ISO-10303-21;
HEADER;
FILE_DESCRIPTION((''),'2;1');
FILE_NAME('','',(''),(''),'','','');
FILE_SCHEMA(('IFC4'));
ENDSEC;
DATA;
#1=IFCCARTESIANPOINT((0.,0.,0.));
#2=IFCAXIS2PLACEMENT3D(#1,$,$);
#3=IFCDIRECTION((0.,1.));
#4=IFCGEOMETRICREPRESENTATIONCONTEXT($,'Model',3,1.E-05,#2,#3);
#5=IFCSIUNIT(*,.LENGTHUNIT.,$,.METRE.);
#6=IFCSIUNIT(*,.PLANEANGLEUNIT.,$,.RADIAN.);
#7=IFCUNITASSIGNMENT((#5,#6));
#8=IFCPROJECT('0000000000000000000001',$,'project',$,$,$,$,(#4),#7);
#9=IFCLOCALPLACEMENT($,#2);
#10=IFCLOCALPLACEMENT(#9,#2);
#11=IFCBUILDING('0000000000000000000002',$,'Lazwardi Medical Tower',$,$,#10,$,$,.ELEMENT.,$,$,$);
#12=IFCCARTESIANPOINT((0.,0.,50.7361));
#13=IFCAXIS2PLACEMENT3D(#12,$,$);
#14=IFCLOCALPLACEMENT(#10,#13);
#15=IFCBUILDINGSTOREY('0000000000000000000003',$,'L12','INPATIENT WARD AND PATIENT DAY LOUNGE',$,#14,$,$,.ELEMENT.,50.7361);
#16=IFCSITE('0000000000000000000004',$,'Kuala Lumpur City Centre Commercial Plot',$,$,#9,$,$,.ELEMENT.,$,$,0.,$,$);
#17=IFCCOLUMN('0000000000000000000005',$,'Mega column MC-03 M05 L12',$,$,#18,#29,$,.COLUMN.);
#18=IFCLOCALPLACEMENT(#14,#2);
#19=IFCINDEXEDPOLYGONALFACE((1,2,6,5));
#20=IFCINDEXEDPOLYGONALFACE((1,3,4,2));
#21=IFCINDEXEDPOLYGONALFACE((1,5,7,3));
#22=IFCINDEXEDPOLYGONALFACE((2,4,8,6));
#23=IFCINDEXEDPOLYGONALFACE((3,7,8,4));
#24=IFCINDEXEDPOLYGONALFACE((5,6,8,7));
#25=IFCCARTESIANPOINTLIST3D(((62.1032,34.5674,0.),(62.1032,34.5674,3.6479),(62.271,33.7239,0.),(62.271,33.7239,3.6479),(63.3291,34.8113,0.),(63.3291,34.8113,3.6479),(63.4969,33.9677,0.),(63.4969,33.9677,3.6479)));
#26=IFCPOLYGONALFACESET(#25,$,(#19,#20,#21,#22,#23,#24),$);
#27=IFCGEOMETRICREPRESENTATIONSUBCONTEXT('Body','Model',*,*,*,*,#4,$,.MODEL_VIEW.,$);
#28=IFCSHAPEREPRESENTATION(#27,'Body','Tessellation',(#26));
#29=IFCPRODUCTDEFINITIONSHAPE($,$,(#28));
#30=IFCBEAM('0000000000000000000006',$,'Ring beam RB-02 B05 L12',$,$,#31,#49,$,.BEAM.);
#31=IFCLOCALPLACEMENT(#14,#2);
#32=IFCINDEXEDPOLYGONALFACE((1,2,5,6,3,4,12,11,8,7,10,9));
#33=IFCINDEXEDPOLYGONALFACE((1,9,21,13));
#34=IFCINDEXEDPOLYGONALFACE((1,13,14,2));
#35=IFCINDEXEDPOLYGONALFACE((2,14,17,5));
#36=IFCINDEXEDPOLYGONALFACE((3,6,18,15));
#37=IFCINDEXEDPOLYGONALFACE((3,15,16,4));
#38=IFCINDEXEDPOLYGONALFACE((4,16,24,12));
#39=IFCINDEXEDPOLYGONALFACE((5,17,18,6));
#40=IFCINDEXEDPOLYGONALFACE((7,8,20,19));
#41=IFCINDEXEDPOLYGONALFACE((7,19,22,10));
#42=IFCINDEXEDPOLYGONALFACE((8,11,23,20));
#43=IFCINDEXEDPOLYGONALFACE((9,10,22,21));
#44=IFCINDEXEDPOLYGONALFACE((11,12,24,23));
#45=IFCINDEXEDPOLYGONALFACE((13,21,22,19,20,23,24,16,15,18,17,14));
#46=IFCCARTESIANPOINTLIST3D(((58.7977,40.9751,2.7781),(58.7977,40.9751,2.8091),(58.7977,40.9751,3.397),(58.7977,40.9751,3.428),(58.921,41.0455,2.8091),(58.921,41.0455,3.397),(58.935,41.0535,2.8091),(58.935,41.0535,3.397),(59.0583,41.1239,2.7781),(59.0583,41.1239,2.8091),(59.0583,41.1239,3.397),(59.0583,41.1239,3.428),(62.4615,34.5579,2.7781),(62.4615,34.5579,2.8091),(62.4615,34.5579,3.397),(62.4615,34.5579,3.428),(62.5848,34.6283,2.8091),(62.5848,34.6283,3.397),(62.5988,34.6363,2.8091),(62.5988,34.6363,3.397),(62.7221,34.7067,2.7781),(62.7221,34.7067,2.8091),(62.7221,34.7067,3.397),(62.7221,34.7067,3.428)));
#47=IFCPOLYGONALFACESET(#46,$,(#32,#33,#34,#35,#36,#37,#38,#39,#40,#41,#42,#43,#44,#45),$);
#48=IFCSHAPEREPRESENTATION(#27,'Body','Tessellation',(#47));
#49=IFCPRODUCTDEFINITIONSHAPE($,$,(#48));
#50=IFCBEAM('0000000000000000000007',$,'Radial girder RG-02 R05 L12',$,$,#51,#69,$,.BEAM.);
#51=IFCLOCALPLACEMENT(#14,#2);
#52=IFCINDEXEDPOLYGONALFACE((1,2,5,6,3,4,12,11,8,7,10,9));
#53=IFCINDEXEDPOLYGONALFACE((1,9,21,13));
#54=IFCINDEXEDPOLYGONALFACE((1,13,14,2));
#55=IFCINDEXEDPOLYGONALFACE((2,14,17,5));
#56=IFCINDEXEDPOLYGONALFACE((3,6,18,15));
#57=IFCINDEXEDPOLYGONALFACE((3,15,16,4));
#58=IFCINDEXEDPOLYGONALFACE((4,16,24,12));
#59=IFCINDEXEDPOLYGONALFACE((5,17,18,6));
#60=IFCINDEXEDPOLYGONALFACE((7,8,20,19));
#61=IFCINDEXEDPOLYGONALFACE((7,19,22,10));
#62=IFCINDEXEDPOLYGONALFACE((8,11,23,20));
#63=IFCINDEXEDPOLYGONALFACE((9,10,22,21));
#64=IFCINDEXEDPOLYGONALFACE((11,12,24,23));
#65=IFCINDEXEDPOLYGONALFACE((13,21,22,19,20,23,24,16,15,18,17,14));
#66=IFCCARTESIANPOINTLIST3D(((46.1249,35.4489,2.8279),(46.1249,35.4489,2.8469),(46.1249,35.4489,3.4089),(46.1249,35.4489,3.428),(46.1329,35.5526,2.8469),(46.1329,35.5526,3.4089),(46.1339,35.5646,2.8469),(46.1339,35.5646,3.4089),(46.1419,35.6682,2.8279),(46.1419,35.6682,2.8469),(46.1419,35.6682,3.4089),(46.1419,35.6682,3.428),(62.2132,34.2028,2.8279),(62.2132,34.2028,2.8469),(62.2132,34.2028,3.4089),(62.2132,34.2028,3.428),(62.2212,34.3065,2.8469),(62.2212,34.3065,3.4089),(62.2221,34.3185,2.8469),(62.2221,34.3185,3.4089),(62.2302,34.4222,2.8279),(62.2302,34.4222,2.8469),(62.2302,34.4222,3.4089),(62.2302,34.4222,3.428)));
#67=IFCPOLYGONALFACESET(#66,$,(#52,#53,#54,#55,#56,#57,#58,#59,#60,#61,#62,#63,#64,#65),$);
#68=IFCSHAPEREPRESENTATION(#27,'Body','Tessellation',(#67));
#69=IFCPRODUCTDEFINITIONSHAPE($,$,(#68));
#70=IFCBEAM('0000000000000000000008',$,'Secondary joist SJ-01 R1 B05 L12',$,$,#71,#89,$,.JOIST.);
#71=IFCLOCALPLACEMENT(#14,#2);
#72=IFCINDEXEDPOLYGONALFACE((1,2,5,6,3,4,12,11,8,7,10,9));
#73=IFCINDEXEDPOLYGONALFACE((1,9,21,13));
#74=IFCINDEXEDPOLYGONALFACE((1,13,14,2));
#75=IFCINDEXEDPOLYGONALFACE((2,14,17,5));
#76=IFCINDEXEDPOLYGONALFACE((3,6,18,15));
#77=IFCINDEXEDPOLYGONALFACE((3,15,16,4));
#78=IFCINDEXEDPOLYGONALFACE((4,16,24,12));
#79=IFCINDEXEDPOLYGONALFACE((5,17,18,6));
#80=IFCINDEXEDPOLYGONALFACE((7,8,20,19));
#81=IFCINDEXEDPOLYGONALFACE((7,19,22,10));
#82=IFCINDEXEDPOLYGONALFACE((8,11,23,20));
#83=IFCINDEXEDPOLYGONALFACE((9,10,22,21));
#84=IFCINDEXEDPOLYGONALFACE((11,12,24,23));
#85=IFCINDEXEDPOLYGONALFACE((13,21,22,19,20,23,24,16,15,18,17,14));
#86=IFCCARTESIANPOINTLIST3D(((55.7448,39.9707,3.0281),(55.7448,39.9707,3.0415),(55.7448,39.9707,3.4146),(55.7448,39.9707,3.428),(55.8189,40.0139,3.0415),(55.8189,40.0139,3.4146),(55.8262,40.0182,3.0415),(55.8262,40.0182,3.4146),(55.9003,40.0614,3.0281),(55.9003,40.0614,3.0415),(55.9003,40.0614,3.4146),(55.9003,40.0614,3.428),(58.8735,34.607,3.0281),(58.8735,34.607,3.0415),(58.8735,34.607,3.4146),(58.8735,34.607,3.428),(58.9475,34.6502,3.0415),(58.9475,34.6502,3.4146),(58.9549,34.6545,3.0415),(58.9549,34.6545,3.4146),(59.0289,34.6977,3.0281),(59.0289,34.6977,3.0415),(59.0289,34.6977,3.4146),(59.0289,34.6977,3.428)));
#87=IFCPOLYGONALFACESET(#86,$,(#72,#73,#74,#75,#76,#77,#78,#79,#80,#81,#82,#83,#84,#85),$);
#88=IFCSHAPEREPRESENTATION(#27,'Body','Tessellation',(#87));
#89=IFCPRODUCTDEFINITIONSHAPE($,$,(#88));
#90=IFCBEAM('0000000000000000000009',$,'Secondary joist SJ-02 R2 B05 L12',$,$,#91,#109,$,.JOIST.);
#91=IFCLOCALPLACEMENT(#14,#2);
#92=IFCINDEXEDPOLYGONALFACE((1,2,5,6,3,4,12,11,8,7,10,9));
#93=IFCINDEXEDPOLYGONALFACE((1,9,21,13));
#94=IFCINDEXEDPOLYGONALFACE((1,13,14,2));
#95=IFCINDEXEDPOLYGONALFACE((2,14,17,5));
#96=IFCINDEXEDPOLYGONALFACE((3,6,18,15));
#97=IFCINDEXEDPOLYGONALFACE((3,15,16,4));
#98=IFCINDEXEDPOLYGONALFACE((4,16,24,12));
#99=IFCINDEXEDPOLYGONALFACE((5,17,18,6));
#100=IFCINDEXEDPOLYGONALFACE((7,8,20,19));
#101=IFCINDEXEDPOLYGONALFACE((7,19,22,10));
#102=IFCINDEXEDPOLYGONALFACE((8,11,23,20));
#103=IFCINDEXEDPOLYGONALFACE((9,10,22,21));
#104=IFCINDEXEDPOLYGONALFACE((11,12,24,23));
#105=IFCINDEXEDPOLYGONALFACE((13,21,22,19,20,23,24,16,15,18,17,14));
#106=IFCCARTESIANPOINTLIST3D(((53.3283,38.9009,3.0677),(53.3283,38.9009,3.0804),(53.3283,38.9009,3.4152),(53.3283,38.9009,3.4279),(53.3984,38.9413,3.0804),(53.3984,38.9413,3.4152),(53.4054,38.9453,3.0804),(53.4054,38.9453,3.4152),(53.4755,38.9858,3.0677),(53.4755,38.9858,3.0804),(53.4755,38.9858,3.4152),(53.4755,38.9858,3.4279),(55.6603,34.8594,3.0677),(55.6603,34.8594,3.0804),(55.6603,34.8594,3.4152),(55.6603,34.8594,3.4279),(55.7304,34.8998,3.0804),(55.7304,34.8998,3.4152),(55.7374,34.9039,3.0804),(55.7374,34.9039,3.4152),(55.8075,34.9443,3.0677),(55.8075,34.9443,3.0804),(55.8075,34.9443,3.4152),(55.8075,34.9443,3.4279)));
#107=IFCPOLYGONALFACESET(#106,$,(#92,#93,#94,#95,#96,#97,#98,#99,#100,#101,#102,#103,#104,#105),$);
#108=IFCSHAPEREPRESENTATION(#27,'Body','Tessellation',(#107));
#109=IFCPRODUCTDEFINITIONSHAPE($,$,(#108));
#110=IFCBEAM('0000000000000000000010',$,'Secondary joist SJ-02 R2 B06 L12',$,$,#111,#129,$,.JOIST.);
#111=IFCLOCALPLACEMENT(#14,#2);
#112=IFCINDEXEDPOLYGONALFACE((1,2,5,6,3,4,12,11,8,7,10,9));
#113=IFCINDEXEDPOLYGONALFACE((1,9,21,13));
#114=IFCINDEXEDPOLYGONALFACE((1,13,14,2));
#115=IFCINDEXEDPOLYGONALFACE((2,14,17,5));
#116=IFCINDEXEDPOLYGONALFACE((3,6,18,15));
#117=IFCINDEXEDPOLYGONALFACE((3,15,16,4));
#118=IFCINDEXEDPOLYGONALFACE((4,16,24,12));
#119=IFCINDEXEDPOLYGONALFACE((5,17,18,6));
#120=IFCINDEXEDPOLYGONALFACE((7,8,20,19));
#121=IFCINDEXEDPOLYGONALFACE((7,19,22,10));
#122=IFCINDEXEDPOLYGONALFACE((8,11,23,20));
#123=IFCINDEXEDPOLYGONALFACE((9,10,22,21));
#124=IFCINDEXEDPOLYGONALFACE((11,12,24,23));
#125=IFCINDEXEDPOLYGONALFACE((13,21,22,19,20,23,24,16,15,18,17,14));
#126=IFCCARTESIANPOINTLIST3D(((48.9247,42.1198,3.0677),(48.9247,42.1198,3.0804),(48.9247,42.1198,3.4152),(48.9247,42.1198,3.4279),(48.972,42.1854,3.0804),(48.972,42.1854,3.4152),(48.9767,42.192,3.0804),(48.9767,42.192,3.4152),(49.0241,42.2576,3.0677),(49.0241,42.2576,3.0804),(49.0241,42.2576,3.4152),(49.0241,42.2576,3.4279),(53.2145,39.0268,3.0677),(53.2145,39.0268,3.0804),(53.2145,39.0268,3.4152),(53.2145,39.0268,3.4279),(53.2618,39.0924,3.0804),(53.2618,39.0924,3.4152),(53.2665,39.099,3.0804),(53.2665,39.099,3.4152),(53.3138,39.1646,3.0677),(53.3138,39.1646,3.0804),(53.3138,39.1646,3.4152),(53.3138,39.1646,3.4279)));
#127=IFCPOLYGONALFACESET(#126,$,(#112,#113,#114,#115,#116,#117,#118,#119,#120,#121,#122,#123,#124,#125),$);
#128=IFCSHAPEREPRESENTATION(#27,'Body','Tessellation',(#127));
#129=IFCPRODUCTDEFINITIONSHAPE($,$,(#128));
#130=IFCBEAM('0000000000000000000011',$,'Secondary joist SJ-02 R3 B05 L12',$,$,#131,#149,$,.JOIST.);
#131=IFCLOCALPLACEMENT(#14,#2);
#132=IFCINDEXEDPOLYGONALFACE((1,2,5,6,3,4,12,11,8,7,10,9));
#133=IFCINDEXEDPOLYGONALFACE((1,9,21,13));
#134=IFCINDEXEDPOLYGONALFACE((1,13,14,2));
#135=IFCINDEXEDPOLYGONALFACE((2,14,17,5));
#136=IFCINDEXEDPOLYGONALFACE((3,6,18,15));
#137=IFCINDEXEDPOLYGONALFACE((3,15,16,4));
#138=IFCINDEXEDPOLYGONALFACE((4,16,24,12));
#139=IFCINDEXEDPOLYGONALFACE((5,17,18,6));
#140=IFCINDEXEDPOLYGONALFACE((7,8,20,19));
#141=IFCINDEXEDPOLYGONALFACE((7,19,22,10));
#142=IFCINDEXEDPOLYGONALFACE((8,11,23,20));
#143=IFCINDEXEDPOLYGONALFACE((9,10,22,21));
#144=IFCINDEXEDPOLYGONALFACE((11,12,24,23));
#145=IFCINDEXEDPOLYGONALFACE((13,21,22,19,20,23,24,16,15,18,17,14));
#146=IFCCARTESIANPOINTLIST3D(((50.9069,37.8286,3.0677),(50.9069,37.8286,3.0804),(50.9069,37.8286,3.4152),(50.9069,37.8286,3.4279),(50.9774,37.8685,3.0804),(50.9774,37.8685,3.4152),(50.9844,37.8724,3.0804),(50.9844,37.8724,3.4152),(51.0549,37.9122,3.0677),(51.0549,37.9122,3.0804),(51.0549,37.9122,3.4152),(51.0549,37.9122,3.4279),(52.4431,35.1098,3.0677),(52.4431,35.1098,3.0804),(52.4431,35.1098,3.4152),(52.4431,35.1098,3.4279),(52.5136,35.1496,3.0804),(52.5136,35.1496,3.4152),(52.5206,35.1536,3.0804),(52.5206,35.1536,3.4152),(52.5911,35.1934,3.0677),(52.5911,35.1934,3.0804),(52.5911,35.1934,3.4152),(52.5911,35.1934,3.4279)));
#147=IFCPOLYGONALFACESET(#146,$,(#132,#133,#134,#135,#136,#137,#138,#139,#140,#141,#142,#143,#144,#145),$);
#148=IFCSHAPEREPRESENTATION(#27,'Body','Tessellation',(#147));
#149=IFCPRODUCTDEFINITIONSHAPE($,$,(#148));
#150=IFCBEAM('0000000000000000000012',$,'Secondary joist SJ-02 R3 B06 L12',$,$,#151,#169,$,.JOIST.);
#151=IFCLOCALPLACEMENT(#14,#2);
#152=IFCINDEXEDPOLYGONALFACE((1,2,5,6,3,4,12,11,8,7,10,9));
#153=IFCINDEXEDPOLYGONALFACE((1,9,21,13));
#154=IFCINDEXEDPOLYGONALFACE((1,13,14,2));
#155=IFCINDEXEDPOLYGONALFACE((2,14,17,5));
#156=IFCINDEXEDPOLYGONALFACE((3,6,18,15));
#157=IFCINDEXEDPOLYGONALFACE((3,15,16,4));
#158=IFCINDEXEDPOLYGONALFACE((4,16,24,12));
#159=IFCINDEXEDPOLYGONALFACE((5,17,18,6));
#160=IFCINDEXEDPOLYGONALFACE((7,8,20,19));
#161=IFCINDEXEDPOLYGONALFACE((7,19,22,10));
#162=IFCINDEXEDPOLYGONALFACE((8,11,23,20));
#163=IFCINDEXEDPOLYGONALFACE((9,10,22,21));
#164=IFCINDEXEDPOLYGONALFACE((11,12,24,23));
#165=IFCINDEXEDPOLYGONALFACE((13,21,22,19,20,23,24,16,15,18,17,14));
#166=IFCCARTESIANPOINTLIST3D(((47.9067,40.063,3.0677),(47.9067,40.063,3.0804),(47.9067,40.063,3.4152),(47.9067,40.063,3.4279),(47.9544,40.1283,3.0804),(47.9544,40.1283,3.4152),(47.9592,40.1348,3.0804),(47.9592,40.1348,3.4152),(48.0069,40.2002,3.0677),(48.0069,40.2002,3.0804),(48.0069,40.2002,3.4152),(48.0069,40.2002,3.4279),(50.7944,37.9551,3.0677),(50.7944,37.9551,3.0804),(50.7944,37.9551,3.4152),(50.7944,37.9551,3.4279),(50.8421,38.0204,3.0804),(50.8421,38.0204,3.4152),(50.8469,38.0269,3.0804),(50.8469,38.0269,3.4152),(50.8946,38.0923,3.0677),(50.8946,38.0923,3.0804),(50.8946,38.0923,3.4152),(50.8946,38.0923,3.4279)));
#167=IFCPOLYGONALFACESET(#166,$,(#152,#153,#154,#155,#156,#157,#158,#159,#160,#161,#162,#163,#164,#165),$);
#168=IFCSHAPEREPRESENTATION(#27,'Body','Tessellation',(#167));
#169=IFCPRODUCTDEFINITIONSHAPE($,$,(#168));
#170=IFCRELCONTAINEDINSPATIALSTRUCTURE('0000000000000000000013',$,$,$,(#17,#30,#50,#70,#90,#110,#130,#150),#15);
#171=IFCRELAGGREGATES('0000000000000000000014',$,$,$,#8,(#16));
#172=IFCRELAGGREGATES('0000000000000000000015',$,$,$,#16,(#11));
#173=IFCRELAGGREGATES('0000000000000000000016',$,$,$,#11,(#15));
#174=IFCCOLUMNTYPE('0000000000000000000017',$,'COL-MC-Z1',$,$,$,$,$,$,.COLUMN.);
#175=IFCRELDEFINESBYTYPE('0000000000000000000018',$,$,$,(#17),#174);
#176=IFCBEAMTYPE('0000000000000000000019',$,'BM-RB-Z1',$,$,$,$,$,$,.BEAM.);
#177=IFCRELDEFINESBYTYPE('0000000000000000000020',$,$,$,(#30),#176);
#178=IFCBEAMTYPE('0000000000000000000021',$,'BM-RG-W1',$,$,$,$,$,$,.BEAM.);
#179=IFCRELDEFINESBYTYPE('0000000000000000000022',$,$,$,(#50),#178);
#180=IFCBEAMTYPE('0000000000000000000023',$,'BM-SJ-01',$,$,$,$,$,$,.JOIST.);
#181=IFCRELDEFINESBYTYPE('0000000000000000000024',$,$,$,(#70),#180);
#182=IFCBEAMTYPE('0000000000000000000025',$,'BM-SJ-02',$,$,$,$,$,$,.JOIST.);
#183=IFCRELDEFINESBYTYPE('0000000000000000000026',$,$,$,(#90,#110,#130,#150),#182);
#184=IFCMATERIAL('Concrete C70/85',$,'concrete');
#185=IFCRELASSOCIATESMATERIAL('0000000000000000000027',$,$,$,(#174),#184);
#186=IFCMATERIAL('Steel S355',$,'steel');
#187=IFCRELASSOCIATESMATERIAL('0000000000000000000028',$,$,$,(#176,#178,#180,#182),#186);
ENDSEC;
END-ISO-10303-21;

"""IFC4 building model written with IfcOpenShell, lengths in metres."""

from ifc_helpers import new_model, si_unit, direction, frame, origin, origin_2d, place, context, subcontext, project, spatial, rectangle, i_section, extrude, material, material_profile, profile_set, type_object, element, save


model = new_model("IFC4")

# Units and contexts
model_context = context("Model", 3, precision=1e-05, world=origin(), true_north=direction((0.0, 1.0)))
body_context = subcontext(model_context, "Body", "Model", "MODEL_VIEW")
ifc_project = project(units=[si_unit("LENGTHUNIT", "METRE"), si_unit("PLANEANGLEUNIT", "RADIAN")], contexts=[model_context])

# Site, building, storey
site_placement = place(None, origin())
site = spatial("IfcSite", under=ifc_project, at=site_placement, Name="Kuala Lumpur City Centre Commercial Plot", CompositionType="ELEMENT", RefElevation=0.0)
building_placement = place(site_placement, origin())
building = spatial("IfcBuilding", under=site, at=building_placement, Name="Lazwardi Medical Tower", CompositionType="ELEMENT")
storey_placement = place(building_placement, frame((0.0, 0.0, 50.7361)))
storey = spatial("IfcBuildingStorey", under=building, at=storey_placement, Name="L12", Description="INPATIENT WARD AND PATIENT DAY LOUNGE", CompositionType="ELEMENT", Elevation=50.7361)

# Column
ifc_material_1 = material(Name="Concrete C70/85", Category="concrete")
ifc_material_profile_1 = material_profile(ifc_material_1, rectangle(XDim=1.25, YDim=0.8601, at=origin_2d()), Name="CFT-RECT 1250x860")
ifc_profile_set_1 = profile_set([ifc_material_profile_1], Name="Concrete C70/85")
column_type = type_object("IfcColumnType", Name="COL-MC-Z1", PredefinedType="COLUMN", material=ifc_profile_set_1)
column_placement = place(storey_placement, frame((62.8, 34.2676, 0.0), z_axis=(0.0, 0.0, 1.0), x_axis=(0.980785, 0.19509, 0.0)))
element("IfcColumn", 1, at=column_placement, inside=storey, type_object=column_type, Name="Mega column MC-03 M05 L12", PredefinedType="COLUMN", context=body_context, shape_type="SweptSolid", body=[
    extrude(rectangle(XDim=1.25, YDim=0.8601, at=origin_2d()), origin(), (0.0, 0.0, 1.0), 3.6479),
])

# Beams
ifc_material_2 = material(Name="Steel S355", Category="steel")
ifc_material_profile_2 = material_profile(ifc_material_2, i_section(OverallWidth=0.3, OverallDepth=0.6499, WebThickness=0.0161, FlangeThickness=0.031, at=origin_2d()), Name="HEB 650")
ifc_profile_set_2 = profile_set([ifc_material_profile_2], Name="Steel S355")
beam_type_1 = type_object("IfcBeamType", Name="BM-RB-Z1", PredefinedType="BEAM", material=ifc_profile_set_2)
beam_1_placement = place(storey_placement, frame((62.5918, 34.6323, 3.103), z_axis=(-0.495815, 0.868428, 0.0), x_axis=(-0.868428, -0.495815, 0.0)))
element("IfcBeam", 2, at=beam_1_placement, inside=storey, type_object=beam_type_1, Name="Ring beam RB-02 B05 L12", PredefinedType="BEAM", context=body_context, shape_type="SweptSolid", body=[
    extrude(i_section(OverallWidth=0.3, OverallDepth=0.6499, WebThickness=0.0161, FlangeThickness=0.031, at=origin_2d()), origin(), (0.0, 0.0, 1.0), 7.3894),
])
ifc_material_profile_3 = material_profile(ifc_material_2, i_section(OverallWidth=0.22, OverallDepth=0.6001, WebThickness=0.012, FlangeThickness=0.019, at=origin_2d()), Name="IPE 600")
ifc_profile_set_3 = profile_set([ifc_material_profile_3], Name="Steel S355")
beam_type_2 = type_object("IfcBeamType", Name="BM-RG-W1", PredefinedType="BEAM", material=ifc_profile_set_3)
beam_2_placement = place(storey_placement, frame((62.2217, 34.3125, 3.1279), z_axis=(-0.997014, 0.077222, 0.0), x_axis=(-0.077222, -0.997014, 0.0)))
element("IfcBeam", 3, at=beam_2_placement, inside=storey, type_object=beam_type_2, Name="Radial girder RG-02 R05 L12", PredefinedType="BEAM", context=body_context, shape_type="SweptSolid", body=[
    extrude(i_section(OverallWidth=0.22, OverallDepth=0.6001, WebThickness=0.012, FlangeThickness=0.019, at=origin_2d()), origin(), (0.0, 0.0, 1.0), 16.1365),
])
ifc_material_profile_4 = material_profile(ifc_material_2, i_section(OverallWidth=0.1799, OverallDepth=0.3999, WebThickness=0.0085, FlangeThickness=0.0134, at=origin_2d()), Name="IPE 400")
ifc_profile_set_4 = profile_set([ifc_material_profile_4], Name="Steel S355")
beam_type_3 = type_object("IfcBeamType", Name="BM-SJ-01", PredefinedType="JOIST", material=ifc_profile_set_4)
beam_3_placement = place(storey_placement, frame((58.9512, 34.6523, 3.228), z_axis=(-0.503847, 0.863793, 0.0), x_axis=(-0.863793, -0.503847, 0.0)))
element("IfcBeam", 4, at=beam_3_placement, inside=storey, type_object=beam_type_3, Name="Secondary joist SJ-01 R1 B05 L12", PredefinedType="JOIST", context=body_context, shape_type="SweptSolid", body=[
    extrude(i_section(OverallWidth=0.1799, OverallDepth=0.3999, WebThickness=0.0085, FlangeThickness=0.0134, at=origin_2d()), origin(), (0.0, 0.0, 1.0), 6.2095),
])
ifc_material_profile_5 = material_profile(ifc_material_2, i_section(OverallWidth=0.1699, OverallDepth=0.3601, WebThickness=0.0081, FlangeThickness=0.0127, at=origin_2d()), Name="IPE 360")
ifc_profile_set_5 = profile_set([ifc_material_profile_5], Name="Steel S355")
beam_type_4 = type_object("IfcBeamType", Name="BM-SJ-02", PredefinedType="JOIST", material=ifc_profile_set_5)
beam_4_placement = place(storey_placement, frame((55.7339, 34.9019, 3.2478), z_axis=(-0.499786, 0.866149, 0.0), x_axis=(-0.866149, -0.499786, 0.0)))
element("IfcBeam", 5, at=beam_4_placement, inside=storey, type_object=beam_type_4, Name="Secondary joist SJ-02 R2 B05 L12", PredefinedType="JOIST", context=body_context, shape_type="SweptSolid", body=[
    extrude(i_section(OverallWidth=0.1699, OverallDepth=0.3601, WebThickness=0.0081, FlangeThickness=0.0127, at=origin_2d()), origin(), (0.0, 0.0, 1.0), 4.666),
])
beam_5_placement = place(storey_placement, frame((53.2642, 39.0957, 3.2478), z_axis=(-0.811143, 0.584848, 0.0), x_axis=(-0.584848, -0.811143, 0.0)))
element("IfcBeam", 6, at=beam_5_placement, inside=storey, type_object=beam_type_4, Name="Secondary joist SJ-02 R2 B06 L12", PredefinedType="JOIST", context=body_context, shape_type="SweptSolid", body=[
    extrude(i_section(OverallWidth=0.1699, OverallDepth=0.3601, WebThickness=0.0081, FlangeThickness=0.0127, at=origin_2d()), origin(), (0.0, 0.0, 1.0), 5.2886),
])
beam_6_placement = place(storey_placement, frame((52.5171, 35.1516, 3.2478), z_axis=(-0.491923, 0.870639, 0.0), x_axis=(-0.870639, -0.491923, 0.0)))
element("IfcBeam", 7, at=beam_6_placement, inside=storey, type_object=beam_type_4, Name="Secondary joist SJ-02 R3 B05 L12", PredefinedType="JOIST", context=body_context, shape_type="SweptSolid", body=[
    extrude(i_section(OverallWidth=0.1699, OverallDepth=0.3601, WebThickness=0.0081, FlangeThickness=0.0127, at=origin_2d()), origin(), (0.0, 0.0, 1.0), 3.1228),
])
beam_7_placement = place(storey_placement, frame((50.8445, 38.0237, 3.2478), z_axis=(-0.807701, 0.589592, 0.0), x_axis=(-0.589592, -0.807701, 0.0)))
element("IfcBeam", 8, at=beam_7_placement, inside=storey, type_object=beam_type_4, Name="Secondary joist SJ-02 R3 B06 L12", PredefinedType="JOIST", context=body_context, shape_type="SweptSolid", body=[
    extrude(i_section(OverallWidth=0.1699, OverallDepth=0.3601, WebThickness=0.0081, FlangeThickness=0.0127, at=origin_2d()), origin(), (0.0, 0.0, 1.0), 3.5752),
])

save(model, "model.ifc")
